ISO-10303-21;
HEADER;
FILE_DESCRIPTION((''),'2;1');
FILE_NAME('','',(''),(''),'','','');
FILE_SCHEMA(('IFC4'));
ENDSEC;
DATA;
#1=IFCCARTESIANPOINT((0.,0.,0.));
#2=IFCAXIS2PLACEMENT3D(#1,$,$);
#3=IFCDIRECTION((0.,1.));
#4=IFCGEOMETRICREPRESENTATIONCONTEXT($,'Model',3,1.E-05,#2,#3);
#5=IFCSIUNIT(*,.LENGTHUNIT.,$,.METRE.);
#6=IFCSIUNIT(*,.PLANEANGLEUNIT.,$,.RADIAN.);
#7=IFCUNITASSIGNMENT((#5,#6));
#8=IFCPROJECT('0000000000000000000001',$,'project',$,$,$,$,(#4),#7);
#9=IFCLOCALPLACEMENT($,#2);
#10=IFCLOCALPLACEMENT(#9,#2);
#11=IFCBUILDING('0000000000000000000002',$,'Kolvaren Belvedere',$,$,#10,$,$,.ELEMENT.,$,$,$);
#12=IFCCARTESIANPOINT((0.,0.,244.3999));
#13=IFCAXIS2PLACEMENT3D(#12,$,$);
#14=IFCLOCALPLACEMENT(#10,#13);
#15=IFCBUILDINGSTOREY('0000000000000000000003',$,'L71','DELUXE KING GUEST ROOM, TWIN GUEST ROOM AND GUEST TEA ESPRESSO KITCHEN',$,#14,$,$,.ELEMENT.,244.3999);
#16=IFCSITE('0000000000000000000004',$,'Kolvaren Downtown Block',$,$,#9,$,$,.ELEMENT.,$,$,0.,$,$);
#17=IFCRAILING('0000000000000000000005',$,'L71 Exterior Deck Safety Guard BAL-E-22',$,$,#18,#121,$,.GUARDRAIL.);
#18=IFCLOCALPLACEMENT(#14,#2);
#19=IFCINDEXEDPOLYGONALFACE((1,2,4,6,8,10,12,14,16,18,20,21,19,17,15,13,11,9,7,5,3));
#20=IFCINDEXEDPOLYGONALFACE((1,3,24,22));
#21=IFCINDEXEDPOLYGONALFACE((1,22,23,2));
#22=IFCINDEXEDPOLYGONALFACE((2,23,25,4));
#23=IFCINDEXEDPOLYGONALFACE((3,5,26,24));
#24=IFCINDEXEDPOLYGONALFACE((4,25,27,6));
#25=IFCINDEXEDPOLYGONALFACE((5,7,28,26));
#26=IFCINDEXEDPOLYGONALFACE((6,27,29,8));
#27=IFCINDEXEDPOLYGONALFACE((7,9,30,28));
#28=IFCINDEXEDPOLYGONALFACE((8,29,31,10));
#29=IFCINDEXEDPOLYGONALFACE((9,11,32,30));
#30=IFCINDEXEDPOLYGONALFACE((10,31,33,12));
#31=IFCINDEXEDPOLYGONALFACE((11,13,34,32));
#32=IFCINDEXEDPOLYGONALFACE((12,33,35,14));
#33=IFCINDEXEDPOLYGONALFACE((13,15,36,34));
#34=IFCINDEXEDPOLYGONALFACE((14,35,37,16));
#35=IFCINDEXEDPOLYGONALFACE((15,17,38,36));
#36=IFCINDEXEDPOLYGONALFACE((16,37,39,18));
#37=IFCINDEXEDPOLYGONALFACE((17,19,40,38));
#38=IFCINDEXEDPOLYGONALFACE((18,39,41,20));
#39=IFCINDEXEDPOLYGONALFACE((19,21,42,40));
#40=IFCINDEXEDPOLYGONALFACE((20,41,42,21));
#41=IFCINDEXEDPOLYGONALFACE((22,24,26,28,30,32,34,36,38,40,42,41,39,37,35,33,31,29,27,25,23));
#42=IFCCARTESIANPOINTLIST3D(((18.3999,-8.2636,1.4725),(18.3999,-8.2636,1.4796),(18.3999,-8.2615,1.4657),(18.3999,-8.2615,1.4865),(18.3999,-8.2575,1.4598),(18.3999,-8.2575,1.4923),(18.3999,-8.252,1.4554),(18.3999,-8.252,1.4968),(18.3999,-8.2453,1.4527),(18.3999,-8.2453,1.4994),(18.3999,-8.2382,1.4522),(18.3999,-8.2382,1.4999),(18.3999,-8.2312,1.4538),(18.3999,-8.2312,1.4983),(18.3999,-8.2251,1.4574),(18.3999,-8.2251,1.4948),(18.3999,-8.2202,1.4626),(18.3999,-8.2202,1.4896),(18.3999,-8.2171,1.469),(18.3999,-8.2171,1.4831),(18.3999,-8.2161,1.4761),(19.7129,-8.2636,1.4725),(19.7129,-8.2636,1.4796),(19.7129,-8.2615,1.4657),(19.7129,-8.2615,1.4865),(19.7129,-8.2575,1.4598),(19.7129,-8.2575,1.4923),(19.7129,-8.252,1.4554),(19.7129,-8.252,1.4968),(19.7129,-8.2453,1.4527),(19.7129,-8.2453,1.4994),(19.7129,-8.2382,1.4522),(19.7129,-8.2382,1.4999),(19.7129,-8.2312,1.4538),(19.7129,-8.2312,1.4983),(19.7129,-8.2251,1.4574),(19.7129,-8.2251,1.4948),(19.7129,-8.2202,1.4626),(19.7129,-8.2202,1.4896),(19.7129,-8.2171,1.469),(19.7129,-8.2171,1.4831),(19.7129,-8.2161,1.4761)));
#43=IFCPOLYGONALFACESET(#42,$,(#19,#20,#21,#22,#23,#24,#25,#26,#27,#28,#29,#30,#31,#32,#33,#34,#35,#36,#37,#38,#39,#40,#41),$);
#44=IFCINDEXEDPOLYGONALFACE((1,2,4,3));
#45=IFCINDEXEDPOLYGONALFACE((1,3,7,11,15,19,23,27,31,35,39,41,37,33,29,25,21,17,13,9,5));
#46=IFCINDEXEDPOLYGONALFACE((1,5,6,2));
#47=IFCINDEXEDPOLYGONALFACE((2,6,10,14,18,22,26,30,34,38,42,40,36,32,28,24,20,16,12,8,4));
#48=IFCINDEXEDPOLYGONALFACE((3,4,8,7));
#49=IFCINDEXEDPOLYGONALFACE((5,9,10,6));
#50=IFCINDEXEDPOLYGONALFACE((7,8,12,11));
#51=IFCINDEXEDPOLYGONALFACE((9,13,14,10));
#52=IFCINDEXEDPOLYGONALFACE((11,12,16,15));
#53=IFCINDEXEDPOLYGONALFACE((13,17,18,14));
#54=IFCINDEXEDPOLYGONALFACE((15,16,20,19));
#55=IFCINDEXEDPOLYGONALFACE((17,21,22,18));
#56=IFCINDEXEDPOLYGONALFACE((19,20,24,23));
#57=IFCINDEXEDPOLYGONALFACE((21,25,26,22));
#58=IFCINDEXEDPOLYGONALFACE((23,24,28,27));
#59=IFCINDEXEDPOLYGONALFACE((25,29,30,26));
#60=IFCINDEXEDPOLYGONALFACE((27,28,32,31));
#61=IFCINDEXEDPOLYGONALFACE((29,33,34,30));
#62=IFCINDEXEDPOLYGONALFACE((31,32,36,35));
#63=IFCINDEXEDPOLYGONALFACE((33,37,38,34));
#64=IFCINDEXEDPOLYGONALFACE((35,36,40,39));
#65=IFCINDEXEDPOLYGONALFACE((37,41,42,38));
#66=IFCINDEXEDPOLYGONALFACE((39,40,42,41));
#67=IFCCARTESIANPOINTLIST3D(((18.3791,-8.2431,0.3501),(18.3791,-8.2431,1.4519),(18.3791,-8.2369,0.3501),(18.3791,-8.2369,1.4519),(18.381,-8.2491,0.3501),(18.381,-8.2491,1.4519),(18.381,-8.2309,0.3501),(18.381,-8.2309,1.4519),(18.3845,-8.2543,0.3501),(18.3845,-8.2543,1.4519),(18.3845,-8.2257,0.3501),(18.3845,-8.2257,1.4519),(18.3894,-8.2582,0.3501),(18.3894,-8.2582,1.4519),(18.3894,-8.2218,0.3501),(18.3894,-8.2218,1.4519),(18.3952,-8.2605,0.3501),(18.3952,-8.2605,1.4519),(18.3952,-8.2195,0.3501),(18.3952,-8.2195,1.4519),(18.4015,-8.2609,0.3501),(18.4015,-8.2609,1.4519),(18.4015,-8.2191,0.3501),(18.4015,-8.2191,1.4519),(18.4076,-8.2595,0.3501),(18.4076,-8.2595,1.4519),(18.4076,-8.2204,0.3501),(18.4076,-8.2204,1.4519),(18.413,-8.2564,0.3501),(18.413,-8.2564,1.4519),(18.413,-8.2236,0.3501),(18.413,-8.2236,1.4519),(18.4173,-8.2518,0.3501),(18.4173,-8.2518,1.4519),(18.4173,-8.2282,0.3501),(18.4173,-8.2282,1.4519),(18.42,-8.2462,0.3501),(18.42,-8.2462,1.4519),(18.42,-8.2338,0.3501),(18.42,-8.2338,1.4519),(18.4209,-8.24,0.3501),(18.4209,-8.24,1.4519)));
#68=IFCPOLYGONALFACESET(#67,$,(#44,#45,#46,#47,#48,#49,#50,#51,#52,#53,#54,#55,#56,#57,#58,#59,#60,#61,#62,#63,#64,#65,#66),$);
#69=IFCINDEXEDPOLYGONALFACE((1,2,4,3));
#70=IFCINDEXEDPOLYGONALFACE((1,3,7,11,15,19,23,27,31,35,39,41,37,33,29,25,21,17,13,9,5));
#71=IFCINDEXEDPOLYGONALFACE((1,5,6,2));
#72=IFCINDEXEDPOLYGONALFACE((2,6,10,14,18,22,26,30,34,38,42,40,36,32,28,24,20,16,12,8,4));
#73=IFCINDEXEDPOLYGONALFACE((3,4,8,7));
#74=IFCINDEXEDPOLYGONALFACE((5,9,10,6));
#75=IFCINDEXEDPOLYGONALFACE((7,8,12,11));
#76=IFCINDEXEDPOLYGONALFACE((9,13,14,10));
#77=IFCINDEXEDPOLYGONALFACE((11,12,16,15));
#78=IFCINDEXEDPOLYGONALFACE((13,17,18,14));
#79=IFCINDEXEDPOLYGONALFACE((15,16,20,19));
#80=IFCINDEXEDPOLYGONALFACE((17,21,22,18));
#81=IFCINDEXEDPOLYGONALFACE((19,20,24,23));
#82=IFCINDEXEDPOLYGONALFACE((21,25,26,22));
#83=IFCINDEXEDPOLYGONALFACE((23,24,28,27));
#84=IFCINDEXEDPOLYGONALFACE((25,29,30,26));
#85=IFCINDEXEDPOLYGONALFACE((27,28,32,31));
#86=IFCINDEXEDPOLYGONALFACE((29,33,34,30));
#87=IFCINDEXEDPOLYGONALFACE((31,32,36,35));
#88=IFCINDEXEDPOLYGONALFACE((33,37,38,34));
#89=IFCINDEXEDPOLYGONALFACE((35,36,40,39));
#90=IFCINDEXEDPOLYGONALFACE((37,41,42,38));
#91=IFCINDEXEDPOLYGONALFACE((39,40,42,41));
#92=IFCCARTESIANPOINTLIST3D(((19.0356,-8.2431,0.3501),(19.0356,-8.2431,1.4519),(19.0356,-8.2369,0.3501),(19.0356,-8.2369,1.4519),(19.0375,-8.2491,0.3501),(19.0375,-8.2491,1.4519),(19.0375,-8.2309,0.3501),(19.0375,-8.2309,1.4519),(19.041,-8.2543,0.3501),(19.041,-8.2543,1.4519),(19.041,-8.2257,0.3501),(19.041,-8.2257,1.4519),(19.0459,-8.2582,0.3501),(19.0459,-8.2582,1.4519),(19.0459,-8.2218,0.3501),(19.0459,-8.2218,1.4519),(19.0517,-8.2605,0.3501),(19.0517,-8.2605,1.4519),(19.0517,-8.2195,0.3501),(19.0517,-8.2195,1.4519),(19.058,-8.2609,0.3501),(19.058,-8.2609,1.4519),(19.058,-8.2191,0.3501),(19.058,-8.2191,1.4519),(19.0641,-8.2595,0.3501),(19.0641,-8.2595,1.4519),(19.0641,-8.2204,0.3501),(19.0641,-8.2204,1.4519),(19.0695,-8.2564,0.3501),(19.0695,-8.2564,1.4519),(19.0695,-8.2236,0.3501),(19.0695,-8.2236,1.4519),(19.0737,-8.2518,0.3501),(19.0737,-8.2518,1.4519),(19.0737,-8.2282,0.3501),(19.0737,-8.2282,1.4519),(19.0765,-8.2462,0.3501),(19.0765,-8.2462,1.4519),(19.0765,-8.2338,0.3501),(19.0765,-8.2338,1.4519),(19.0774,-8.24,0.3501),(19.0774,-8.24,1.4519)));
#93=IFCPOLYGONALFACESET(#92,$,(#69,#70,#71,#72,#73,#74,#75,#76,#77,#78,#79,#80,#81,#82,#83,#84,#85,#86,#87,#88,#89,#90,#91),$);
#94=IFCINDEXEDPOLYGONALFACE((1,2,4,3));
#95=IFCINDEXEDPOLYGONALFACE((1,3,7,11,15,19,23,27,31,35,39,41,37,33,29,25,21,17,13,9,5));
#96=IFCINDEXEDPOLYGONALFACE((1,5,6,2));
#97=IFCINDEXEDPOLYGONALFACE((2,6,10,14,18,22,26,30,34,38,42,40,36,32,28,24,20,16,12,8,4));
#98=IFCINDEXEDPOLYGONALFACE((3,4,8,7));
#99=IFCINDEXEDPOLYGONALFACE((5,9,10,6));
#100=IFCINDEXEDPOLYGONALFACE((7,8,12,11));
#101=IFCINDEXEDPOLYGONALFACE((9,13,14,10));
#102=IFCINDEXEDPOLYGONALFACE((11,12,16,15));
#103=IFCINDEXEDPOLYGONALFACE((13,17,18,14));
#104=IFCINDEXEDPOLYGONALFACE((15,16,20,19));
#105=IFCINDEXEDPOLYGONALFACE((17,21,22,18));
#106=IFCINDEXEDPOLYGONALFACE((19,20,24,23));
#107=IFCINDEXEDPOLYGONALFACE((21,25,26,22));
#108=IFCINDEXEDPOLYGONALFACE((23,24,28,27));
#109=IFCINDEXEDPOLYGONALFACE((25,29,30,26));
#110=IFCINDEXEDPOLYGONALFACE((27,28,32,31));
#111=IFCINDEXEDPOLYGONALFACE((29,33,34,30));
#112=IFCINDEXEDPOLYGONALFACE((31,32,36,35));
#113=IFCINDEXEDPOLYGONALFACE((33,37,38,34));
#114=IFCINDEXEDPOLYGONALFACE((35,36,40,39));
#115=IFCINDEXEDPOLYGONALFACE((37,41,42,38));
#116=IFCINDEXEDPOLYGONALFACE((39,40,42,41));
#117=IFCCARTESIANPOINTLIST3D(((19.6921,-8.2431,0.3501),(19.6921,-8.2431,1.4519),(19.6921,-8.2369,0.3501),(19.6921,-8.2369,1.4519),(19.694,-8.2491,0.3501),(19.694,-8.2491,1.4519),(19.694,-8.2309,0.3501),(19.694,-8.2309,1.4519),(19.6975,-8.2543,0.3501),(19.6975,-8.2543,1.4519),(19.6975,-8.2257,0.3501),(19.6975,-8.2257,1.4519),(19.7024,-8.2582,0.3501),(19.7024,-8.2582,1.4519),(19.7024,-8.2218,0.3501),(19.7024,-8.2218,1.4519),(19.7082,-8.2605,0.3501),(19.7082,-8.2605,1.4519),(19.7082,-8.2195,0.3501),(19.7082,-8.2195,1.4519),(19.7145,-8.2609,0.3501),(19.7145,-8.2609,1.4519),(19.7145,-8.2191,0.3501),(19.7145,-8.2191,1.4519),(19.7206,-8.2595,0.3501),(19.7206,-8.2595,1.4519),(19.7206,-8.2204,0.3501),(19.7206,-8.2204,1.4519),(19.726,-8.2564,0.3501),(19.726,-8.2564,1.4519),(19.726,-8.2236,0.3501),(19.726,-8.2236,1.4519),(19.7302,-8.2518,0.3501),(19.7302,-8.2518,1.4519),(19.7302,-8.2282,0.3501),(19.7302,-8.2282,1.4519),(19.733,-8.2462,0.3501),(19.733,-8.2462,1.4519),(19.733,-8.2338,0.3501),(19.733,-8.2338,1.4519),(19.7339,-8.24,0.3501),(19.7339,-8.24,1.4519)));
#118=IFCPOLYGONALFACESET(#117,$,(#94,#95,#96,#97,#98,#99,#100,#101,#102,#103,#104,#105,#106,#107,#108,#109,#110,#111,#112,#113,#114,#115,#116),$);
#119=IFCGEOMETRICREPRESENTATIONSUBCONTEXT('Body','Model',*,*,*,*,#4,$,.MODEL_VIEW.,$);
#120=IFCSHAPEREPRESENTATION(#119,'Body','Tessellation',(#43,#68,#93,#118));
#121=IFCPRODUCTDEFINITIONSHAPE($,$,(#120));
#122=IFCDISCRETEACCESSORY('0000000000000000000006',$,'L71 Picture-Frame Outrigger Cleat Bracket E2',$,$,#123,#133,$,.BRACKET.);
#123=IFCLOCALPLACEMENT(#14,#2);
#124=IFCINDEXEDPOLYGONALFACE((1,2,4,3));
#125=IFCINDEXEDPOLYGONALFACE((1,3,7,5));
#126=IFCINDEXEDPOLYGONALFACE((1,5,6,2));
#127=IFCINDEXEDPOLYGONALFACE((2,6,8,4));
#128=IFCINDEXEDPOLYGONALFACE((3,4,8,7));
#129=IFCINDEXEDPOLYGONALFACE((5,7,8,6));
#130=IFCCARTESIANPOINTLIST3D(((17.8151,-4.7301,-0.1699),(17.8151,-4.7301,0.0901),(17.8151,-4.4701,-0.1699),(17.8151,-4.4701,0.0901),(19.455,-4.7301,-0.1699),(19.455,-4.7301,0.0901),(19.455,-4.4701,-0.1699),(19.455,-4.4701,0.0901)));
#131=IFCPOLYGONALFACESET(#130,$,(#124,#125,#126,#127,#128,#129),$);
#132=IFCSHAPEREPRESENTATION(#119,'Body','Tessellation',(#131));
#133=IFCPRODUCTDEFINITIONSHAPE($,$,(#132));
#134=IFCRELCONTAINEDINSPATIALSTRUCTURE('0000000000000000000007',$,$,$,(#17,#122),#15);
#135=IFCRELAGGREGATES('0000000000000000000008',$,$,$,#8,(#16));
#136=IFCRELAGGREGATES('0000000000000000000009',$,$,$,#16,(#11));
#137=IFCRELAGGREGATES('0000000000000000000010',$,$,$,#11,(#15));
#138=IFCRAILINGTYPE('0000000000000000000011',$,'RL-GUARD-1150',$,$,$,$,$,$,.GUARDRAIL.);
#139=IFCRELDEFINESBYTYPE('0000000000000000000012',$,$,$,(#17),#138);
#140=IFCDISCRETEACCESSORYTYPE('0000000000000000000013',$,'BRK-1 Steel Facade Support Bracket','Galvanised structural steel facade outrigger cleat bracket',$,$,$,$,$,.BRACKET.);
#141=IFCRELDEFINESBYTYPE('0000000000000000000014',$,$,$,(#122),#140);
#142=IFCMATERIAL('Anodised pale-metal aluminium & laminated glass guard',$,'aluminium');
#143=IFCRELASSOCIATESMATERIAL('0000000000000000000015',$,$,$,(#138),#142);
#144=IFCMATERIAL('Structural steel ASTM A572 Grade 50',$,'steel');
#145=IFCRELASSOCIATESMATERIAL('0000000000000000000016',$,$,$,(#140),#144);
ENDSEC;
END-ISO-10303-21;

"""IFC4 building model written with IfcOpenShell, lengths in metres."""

from ifc_helpers import new_model, si_unit, direction, frame, origin, origin_2d, place, context, subcontext, project, spatial, rectangle, circle, extrude, material, type_object, element, save


model = new_model("IFC4")

# Units and contexts
model_context = context("Model", 3, precision=1e-05, world=origin(), true_north=direction((0.0, 1.0)))
body_context = subcontext(model_context, "Body", "Model", "MODEL_VIEW")
ifc_project = project(units=[si_unit("LENGTHUNIT", "METRE"), si_unit("PLANEANGLEUNIT", "RADIAN")], contexts=[model_context])

# Site, building, storey
site_placement = place(None, origin())
site = spatial("IfcSite", under=ifc_project, at=site_placement, Name="Kolvaren Downtown Block", CompositionType="ELEMENT", RefElevation=0.0)
building_placement = place(site_placement, origin())
building = spatial("IfcBuilding", under=site, at=building_placement, Name="Kolvaren Belvedere", CompositionType="ELEMENT")
storey_placement = place(building_placement, frame((0.0, 0.0, 244.3999)))
storey = spatial("IfcBuildingStorey", under=building, at=storey_placement, Name="L71", Description="DELUXE KING GUEST ROOM, TWIN GUEST ROOM AND GUEST TEA ESPRESSO KITCHEN", CompositionType="ELEMENT", Elevation=244.3999)

# Railing
ifc_material_1 = material(Name="Anodised pale-metal aluminium & laminated glass guard", Category="aluminium")
railing_type = type_object("IfcRailingType", Name="RL-GUARD-1150", PredefinedType="GUARDRAIL", material=ifc_material_1)
railing_1_placement = place(storey_placement, frame((18.3999, -8.24, 0.3501)))
element("IfcRailing", 1, at=railing_1_placement, inside=storey, type_object=railing_type, Name="L71 Exterior Deck Safety Guard BAL-E-22", PredefinedType="GUARDRAIL", context=body_context, shape_type="SweptSolid", body=[
    extrude(circle(Radius=0.0239, at=origin_2d()), frame((0.0, 0.0, 1.126), z_axis=(1.0, 0.0, 0.0), x_axis=(0.0, 1.0, 0.0)), (0.0, 0.0, 1.0), 1.313),
    extrude(circle(Radius=0.021, at=origin_2d()), origin(), (0.0, 0.0, 1.0), 1.1018),
    extrude(circle(Radius=0.021, at=origin_2d()), frame((0.6565, 0.0, 0.0)), (0.0, 0.0, 1.0), 1.1018),
    extrude(circle(Radius=0.021, at=origin_2d()), frame((1.313, 0.0, 0.0)), (0.0, 0.0, 1.0), 1.1018),
])

# Discrete accessory
ifc_material_2 = material(Name="Structural steel ASTM A572 Grade 50", Category="steel")
discrete_accessory_type = type_object("IfcDiscreteAccessoryType", Name="BRK-1 Steel Facade Support Bracket", Description="Galvanised structural steel facade outrigger cleat bracket", PredefinedType="BRACKET", material=ifc_material_2)
discrete_accessory_placement = place(storey_placement, frame((18.635, -4.6001, -0.1699), z_axis=(0.0, 0.0, 1.0), x_axis=(1.0, 0.0, 0.0)))
element("IfcDiscreteAccessory", 2, at=discrete_accessory_placement, inside=storey, type_object=discrete_accessory_type, Name="L71 Picture-Frame Outrigger Cleat Bracket E2", PredefinedType="BRACKET", context=body_context, shape_type="SweptSolid", body=[
    extrude(rectangle(XDim=1.6399, YDim=0.26, at=origin_2d()), origin(), (0.0, 0.0, 1.0), 0.26),
])

save(model, "model.ifc")
